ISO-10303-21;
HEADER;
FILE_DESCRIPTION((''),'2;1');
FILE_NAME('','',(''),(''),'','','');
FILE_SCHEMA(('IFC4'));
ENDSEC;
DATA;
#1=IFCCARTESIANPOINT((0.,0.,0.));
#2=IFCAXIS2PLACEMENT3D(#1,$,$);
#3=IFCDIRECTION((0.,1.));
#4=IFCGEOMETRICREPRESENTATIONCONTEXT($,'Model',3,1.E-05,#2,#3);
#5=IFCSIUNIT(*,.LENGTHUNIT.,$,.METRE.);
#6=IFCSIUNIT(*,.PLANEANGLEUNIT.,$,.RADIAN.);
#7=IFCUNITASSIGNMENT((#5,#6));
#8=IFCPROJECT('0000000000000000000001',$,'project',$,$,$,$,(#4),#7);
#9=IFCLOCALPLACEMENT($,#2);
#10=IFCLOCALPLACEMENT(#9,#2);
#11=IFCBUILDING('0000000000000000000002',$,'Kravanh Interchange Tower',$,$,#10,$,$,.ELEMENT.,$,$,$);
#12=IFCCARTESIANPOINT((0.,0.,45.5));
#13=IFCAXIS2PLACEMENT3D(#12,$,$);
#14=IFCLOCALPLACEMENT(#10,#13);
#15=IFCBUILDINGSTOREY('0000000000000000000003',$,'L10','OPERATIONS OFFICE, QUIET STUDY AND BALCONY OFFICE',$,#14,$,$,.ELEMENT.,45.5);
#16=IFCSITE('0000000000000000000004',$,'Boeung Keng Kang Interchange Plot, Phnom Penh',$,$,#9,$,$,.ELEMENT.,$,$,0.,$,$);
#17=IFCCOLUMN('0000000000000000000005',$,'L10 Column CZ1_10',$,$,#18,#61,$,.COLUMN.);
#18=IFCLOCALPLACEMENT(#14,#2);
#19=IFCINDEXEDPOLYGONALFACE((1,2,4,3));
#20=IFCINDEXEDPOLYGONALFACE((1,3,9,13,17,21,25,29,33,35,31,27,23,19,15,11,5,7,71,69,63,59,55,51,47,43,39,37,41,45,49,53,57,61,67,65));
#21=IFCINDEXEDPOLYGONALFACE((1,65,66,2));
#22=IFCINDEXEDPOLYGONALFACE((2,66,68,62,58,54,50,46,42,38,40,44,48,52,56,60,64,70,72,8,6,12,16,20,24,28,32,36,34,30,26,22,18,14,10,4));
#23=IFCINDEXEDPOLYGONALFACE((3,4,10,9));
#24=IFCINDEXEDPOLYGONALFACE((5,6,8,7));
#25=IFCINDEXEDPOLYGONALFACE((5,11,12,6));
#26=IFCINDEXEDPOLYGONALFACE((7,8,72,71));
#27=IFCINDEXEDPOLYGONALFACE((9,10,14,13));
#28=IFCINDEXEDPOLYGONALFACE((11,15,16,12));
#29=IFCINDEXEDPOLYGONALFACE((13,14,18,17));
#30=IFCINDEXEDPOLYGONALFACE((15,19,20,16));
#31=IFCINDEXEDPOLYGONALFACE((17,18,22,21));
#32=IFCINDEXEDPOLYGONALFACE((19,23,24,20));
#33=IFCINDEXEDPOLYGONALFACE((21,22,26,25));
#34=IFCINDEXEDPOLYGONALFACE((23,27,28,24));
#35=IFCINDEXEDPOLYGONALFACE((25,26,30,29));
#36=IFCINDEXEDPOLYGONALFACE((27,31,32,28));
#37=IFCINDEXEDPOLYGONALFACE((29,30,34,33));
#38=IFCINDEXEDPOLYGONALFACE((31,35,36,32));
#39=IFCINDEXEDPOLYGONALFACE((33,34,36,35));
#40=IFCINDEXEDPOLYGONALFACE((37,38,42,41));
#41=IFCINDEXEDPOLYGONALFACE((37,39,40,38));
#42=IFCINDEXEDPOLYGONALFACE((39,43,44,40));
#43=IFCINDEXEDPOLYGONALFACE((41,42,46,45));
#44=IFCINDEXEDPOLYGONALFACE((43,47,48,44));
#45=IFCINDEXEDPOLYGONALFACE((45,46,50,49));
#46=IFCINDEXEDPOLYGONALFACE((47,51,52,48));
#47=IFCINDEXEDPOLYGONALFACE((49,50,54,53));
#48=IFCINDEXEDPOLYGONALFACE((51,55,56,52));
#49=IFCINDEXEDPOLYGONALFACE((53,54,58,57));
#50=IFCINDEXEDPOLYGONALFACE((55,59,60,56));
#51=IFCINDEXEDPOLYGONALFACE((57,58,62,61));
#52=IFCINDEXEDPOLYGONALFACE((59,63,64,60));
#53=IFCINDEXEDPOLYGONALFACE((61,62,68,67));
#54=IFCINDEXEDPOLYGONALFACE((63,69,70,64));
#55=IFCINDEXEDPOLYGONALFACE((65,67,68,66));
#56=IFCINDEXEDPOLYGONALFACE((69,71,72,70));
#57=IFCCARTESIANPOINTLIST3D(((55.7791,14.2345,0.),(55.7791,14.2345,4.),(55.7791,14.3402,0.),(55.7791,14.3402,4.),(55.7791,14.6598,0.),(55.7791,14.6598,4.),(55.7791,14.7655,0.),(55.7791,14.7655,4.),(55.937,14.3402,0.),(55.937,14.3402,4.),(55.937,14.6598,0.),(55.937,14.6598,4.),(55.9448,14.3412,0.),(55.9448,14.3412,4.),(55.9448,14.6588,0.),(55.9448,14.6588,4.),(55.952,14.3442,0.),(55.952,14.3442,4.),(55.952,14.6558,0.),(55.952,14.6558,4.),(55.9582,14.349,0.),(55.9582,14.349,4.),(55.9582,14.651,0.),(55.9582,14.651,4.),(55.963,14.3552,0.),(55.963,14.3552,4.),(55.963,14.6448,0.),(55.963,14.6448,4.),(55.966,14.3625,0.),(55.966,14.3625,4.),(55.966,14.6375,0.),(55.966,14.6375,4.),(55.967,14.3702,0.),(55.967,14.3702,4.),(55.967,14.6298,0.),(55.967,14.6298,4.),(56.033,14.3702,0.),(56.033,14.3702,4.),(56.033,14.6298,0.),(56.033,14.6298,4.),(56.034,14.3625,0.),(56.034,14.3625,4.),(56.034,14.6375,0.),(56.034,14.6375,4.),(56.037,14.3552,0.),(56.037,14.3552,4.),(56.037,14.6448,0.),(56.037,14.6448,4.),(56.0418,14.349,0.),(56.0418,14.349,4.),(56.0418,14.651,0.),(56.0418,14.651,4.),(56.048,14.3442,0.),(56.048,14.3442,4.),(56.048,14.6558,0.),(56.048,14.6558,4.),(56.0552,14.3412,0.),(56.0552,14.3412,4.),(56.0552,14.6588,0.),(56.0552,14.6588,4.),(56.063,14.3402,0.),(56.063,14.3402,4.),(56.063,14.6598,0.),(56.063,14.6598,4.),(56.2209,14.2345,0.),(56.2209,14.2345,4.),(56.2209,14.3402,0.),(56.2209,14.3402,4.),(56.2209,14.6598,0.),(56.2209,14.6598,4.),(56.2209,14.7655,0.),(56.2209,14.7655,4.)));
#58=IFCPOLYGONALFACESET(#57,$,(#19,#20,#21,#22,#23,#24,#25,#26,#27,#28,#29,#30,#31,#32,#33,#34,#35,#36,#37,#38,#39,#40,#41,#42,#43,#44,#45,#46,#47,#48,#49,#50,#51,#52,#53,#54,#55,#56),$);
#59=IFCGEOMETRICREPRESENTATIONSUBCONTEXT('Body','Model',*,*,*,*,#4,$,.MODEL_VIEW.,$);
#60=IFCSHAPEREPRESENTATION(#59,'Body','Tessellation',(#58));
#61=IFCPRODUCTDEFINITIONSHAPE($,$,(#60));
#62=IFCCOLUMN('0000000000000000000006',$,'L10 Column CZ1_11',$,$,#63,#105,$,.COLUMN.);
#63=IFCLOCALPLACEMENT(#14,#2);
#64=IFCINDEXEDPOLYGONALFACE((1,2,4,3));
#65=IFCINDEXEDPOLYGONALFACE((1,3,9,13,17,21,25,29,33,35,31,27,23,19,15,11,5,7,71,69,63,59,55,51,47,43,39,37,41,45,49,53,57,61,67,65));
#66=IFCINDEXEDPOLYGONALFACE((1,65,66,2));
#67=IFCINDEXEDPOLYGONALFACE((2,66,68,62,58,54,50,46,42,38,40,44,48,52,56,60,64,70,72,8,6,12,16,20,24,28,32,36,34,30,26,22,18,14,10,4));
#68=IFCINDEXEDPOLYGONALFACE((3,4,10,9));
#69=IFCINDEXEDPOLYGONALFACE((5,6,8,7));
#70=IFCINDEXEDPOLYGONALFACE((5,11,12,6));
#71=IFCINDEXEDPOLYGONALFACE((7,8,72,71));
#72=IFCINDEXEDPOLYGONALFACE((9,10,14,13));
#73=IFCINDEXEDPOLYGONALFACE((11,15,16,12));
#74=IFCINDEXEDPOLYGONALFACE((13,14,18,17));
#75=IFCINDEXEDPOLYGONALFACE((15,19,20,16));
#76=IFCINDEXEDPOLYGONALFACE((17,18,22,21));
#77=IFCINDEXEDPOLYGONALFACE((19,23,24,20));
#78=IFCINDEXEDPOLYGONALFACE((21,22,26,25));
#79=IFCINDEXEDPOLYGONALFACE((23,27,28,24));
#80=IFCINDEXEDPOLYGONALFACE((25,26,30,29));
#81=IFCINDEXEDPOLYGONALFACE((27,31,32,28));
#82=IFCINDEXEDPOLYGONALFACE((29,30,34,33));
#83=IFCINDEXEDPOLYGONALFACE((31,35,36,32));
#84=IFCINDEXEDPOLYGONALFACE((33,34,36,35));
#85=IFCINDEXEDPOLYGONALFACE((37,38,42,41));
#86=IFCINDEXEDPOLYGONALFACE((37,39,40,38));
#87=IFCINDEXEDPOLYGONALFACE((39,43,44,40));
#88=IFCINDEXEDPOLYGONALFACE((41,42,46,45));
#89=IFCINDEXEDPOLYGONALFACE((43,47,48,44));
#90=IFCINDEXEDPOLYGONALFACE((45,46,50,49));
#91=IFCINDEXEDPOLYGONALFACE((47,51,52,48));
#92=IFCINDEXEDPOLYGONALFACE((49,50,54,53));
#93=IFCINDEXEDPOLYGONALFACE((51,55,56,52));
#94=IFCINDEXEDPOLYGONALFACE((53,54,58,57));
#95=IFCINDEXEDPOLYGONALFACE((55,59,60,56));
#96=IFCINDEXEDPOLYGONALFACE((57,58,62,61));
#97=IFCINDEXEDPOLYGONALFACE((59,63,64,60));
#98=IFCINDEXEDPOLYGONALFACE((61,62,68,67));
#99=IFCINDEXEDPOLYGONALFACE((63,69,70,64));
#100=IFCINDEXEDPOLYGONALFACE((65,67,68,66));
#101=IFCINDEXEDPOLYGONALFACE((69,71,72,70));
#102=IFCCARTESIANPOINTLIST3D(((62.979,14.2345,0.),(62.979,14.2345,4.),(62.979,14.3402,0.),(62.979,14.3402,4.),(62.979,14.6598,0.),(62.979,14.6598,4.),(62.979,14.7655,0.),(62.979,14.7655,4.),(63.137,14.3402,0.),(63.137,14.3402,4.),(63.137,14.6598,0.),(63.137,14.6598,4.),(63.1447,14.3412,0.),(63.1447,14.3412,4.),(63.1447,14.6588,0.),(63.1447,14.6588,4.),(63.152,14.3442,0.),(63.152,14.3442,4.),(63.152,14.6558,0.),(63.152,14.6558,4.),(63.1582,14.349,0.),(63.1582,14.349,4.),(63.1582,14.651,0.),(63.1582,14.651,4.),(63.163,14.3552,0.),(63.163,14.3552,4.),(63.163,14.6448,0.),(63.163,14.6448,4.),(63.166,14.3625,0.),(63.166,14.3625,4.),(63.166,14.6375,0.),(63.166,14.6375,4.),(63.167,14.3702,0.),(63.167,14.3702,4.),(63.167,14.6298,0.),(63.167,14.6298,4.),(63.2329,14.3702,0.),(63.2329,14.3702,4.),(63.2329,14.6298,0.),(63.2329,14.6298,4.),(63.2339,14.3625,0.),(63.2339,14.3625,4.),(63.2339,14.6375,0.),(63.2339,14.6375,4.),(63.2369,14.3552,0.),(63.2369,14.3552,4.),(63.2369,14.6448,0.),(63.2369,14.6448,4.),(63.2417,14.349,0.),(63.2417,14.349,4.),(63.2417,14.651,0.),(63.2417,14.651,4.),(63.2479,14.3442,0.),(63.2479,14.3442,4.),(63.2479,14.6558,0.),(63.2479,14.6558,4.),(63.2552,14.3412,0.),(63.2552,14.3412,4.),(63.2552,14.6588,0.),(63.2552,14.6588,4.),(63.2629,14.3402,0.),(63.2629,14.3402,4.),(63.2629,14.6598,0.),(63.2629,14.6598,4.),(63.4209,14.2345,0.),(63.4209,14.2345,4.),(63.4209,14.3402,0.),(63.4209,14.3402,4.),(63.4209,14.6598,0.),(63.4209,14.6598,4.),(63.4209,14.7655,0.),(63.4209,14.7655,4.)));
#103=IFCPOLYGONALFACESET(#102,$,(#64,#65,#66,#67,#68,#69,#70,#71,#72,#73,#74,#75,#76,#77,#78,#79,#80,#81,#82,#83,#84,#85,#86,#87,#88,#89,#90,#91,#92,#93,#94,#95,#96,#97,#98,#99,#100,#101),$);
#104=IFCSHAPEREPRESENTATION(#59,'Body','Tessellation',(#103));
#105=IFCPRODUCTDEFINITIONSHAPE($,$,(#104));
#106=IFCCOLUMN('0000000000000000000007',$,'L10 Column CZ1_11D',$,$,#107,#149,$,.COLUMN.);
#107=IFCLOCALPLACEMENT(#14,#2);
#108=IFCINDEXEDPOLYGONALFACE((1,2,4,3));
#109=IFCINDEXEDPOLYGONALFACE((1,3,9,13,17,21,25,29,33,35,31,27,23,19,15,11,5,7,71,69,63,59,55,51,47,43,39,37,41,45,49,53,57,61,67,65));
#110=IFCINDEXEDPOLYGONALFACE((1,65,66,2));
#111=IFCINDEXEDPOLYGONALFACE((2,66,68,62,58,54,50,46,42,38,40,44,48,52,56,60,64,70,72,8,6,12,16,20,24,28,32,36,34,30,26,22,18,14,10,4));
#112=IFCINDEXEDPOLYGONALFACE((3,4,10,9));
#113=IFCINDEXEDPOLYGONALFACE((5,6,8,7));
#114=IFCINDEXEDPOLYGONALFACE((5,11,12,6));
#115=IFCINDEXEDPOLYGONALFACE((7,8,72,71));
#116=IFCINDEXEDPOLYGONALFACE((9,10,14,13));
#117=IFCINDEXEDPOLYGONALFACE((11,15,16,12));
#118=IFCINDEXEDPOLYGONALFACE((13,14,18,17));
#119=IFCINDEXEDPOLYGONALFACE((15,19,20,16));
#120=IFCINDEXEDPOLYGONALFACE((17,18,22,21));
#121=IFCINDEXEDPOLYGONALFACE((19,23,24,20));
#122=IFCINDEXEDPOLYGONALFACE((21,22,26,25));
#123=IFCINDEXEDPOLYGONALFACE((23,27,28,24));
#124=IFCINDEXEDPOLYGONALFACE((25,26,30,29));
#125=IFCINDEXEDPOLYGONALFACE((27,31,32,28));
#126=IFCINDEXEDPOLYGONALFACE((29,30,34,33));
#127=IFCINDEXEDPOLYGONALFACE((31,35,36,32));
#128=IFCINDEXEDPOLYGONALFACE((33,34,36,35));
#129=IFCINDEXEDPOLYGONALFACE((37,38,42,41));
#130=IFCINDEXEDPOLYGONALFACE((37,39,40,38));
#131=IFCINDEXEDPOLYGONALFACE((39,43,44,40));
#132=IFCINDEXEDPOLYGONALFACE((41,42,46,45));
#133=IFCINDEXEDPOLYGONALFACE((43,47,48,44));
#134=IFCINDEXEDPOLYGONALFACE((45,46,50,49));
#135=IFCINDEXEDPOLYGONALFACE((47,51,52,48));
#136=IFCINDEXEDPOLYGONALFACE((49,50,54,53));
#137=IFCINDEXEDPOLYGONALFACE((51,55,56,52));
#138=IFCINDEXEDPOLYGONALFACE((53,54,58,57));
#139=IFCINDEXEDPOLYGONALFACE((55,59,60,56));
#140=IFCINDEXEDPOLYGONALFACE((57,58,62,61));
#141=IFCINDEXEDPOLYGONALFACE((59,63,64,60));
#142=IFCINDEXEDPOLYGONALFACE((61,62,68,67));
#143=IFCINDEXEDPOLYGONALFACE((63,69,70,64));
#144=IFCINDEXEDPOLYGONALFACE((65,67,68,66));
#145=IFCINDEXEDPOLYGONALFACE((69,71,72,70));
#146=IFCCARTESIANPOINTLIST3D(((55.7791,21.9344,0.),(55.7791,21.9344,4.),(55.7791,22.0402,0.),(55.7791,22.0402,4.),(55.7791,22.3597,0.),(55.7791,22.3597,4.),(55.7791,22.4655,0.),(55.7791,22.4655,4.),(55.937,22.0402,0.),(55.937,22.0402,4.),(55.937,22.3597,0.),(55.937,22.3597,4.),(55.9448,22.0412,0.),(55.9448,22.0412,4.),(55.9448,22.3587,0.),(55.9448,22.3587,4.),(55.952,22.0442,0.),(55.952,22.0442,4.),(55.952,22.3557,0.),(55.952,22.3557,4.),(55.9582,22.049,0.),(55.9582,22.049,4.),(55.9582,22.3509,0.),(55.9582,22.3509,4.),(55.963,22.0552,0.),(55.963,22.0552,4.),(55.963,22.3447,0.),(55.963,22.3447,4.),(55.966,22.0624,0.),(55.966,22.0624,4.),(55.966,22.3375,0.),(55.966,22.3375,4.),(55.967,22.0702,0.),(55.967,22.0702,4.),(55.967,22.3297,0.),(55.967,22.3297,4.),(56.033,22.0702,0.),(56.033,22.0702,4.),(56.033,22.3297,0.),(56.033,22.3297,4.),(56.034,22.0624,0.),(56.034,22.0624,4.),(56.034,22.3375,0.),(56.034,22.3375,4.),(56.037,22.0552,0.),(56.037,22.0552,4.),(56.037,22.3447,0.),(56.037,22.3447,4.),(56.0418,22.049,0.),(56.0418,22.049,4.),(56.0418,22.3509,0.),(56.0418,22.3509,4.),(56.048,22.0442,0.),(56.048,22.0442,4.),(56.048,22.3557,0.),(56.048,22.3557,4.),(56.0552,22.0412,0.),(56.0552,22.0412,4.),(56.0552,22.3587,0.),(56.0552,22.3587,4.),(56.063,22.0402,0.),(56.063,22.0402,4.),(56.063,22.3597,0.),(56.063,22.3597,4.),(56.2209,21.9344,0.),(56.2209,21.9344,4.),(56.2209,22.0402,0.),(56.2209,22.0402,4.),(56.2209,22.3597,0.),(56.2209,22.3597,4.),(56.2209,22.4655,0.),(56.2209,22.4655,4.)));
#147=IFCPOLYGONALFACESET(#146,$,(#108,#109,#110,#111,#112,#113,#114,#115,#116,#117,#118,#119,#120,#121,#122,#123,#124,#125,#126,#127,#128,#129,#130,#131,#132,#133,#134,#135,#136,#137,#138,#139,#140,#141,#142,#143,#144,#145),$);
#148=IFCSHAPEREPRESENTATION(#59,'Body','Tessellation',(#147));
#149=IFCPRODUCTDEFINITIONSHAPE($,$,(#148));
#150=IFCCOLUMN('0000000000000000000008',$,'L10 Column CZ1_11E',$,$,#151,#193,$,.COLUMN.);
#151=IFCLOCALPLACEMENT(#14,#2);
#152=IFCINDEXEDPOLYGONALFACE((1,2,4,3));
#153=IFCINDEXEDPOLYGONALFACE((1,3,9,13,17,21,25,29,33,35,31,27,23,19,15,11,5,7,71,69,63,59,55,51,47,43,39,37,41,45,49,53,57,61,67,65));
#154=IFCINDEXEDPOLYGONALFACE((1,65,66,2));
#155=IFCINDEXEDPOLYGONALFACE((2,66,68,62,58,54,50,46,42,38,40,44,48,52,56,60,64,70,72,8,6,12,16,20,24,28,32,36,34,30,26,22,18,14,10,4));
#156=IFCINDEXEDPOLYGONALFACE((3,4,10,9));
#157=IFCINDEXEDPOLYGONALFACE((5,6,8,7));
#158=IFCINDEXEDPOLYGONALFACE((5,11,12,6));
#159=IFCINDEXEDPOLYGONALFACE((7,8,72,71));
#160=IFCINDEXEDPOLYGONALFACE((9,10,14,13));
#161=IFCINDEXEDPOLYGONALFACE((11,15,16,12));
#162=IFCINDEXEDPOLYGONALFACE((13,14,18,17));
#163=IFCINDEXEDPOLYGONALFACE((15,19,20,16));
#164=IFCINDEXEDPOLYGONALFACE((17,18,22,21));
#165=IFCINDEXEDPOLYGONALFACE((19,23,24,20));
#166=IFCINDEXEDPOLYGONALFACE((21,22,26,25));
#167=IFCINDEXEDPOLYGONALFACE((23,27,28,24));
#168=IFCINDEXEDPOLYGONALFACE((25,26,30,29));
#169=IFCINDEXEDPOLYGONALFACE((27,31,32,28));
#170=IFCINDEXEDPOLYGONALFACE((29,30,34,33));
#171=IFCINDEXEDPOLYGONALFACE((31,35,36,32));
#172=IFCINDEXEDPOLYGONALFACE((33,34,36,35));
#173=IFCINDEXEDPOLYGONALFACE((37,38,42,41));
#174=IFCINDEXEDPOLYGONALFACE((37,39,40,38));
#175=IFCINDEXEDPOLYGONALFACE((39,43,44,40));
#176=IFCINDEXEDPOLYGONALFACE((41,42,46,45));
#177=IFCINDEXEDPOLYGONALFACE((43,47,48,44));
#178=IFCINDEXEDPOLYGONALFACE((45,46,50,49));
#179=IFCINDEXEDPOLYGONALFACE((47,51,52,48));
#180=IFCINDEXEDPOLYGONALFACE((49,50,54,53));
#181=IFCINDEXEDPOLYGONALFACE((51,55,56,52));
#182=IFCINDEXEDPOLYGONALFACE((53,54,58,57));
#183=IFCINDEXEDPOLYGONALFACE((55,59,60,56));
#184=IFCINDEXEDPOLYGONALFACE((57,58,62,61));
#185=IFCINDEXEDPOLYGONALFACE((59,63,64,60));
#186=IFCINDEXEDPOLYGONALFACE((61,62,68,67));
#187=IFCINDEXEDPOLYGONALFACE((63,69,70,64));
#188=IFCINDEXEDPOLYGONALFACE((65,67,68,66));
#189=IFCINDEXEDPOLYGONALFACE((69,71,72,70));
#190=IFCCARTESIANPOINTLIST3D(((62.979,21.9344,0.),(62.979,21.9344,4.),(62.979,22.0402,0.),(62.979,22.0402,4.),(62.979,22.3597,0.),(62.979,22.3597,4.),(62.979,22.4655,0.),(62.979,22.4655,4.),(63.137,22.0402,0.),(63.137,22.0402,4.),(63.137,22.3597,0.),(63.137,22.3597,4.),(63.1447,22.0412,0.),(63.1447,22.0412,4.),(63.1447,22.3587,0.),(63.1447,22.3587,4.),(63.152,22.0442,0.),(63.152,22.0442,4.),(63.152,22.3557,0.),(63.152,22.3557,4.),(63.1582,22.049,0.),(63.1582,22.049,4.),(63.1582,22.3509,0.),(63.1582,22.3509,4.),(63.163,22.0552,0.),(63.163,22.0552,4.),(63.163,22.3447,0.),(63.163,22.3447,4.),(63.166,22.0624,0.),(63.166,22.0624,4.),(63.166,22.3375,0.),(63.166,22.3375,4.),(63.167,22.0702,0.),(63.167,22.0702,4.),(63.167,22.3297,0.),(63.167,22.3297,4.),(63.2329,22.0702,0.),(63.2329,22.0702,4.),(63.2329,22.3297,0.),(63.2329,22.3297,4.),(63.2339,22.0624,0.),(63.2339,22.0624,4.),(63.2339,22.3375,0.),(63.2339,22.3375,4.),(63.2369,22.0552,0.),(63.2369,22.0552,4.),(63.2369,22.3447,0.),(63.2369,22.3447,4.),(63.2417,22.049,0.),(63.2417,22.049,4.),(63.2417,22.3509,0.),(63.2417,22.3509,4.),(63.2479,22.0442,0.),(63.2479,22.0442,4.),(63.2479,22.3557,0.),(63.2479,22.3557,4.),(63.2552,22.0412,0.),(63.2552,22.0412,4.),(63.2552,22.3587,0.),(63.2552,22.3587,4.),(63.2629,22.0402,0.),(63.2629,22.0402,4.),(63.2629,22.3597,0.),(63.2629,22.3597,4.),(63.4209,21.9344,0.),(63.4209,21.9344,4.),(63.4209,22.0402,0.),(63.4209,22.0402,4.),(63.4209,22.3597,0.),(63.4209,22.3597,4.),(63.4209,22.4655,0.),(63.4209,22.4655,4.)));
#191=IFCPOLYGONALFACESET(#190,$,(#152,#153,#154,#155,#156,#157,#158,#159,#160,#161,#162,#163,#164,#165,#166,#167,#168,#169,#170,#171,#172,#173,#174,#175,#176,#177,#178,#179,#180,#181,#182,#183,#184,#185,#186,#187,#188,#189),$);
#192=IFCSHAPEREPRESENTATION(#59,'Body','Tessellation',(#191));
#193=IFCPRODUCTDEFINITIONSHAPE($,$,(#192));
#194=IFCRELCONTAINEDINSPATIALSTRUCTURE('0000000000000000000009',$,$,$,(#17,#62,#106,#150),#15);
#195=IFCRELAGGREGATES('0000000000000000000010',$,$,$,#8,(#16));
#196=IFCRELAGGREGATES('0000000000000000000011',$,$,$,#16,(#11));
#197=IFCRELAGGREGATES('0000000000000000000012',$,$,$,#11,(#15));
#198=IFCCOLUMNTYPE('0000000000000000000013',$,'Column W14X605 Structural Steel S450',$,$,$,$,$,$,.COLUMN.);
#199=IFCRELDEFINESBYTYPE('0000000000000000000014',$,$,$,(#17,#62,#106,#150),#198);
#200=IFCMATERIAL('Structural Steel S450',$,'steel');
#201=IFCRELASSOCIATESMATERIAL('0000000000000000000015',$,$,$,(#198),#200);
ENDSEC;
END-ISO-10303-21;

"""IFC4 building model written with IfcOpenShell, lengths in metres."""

from ifc_helpers import new_model, si_unit, direction, frame, origin, origin_2d, place, context, subcontext, project, spatial, i_section, extrude, material, material_profile, profile_set, type_object, element, save


model = new_model("IFC4")

# Units and contexts
model_context = context("Model", 3, precision=1e-05, world=origin(), true_north=direction((0.0, 1.0)))
body_context = subcontext(model_context, "Body", "Model", "MODEL_VIEW")
ifc_project = project(units=[si_unit("LENGTHUNIT", "METRE"), si_unit("PLANEANGLEUNIT", "RADIAN")], contexts=[model_context])

# Site, building, storey
site_placement = place(None, origin())
site = spatial("IfcSite", under=ifc_project, at=site_placement, Name="Boeung Keng Kang Interchange Plot, Phnom Penh", CompositionType="ELEMENT", RefElevation=0.0)
building_placement = place(site_placement, origin())
building = spatial("IfcBuilding", under=site, at=building_placement, Name="Kravanh Interchange Tower", CompositionType="ELEMENT")
storey_placement = place(building_placement, frame((0.0, 0.0, 45.5)))
storey = spatial("IfcBuildingStorey", under=building, at=storey_placement, Name="L10", Description="OPERATIONS OFFICE, QUIET STUDY AND BALCONY OFFICE", CompositionType="ELEMENT", Elevation=45.5)

# Columns
ifc_material_1 = material(Name="Structural Steel S450", Category="steel")
ifc_material_profile_1 = material_profile(ifc_material_1, i_section(OverallWidth=0.4419, OverallDepth=0.531, WebThickness=0.0659, FlangeThickness=0.1057, FilletRadius=0.03, at=origin_2d()), Name="W14X605")
ifc_profile_set_1 = profile_set([ifc_material_profile_1], Name="Structural Steel S450")
column_type = type_object("IfcColumnType", Name="Column W14X605 Structural Steel S450", PredefinedType="COLUMN", material=ifc_profile_set_1)
for number, where, z_axis, x_axis, name in (
    (1, (56.0, 14.5, 0.0), (0.0, 0.0, 1.0), (1.0, 0.0, 0.0), "L10 Column CZ1_10"),
    (2, (63.2, 14.5, 0.0), (0.0, 0.0, 1.0), (1.0, 0.0, 0.0), "L10 Column CZ1_11"),
    (3, (56.0, 22.2, 0.0), (0.0, 0.0, 1.0), (1.0, 0.0, 0.0), "L10 Column CZ1_11D"),
    (4, (63.2, 22.2, 0.0), (0.0, 0.0, 1.0), (1.0, 0.0, 0.0), "L10 Column CZ1_11E"),
):
    element("IfcColumn", number, at=place(storey_placement, frame(where, z_axis=z_axis, x_axis=x_axis)), inside=storey, type_object=column_type, Name=name, PredefinedType="COLUMN", context=body_context, shape_type="SweptSolid", body=[
        extrude(i_section(OverallWidth=0.4419, OverallDepth=0.531, WebThickness=0.0659, FlangeThickness=0.1057, FilletRadius=0.03, at=origin_2d()), origin(), (0.0, 0.0, 1.0), 4.0),
    ])

save(model, "model.ifc")
